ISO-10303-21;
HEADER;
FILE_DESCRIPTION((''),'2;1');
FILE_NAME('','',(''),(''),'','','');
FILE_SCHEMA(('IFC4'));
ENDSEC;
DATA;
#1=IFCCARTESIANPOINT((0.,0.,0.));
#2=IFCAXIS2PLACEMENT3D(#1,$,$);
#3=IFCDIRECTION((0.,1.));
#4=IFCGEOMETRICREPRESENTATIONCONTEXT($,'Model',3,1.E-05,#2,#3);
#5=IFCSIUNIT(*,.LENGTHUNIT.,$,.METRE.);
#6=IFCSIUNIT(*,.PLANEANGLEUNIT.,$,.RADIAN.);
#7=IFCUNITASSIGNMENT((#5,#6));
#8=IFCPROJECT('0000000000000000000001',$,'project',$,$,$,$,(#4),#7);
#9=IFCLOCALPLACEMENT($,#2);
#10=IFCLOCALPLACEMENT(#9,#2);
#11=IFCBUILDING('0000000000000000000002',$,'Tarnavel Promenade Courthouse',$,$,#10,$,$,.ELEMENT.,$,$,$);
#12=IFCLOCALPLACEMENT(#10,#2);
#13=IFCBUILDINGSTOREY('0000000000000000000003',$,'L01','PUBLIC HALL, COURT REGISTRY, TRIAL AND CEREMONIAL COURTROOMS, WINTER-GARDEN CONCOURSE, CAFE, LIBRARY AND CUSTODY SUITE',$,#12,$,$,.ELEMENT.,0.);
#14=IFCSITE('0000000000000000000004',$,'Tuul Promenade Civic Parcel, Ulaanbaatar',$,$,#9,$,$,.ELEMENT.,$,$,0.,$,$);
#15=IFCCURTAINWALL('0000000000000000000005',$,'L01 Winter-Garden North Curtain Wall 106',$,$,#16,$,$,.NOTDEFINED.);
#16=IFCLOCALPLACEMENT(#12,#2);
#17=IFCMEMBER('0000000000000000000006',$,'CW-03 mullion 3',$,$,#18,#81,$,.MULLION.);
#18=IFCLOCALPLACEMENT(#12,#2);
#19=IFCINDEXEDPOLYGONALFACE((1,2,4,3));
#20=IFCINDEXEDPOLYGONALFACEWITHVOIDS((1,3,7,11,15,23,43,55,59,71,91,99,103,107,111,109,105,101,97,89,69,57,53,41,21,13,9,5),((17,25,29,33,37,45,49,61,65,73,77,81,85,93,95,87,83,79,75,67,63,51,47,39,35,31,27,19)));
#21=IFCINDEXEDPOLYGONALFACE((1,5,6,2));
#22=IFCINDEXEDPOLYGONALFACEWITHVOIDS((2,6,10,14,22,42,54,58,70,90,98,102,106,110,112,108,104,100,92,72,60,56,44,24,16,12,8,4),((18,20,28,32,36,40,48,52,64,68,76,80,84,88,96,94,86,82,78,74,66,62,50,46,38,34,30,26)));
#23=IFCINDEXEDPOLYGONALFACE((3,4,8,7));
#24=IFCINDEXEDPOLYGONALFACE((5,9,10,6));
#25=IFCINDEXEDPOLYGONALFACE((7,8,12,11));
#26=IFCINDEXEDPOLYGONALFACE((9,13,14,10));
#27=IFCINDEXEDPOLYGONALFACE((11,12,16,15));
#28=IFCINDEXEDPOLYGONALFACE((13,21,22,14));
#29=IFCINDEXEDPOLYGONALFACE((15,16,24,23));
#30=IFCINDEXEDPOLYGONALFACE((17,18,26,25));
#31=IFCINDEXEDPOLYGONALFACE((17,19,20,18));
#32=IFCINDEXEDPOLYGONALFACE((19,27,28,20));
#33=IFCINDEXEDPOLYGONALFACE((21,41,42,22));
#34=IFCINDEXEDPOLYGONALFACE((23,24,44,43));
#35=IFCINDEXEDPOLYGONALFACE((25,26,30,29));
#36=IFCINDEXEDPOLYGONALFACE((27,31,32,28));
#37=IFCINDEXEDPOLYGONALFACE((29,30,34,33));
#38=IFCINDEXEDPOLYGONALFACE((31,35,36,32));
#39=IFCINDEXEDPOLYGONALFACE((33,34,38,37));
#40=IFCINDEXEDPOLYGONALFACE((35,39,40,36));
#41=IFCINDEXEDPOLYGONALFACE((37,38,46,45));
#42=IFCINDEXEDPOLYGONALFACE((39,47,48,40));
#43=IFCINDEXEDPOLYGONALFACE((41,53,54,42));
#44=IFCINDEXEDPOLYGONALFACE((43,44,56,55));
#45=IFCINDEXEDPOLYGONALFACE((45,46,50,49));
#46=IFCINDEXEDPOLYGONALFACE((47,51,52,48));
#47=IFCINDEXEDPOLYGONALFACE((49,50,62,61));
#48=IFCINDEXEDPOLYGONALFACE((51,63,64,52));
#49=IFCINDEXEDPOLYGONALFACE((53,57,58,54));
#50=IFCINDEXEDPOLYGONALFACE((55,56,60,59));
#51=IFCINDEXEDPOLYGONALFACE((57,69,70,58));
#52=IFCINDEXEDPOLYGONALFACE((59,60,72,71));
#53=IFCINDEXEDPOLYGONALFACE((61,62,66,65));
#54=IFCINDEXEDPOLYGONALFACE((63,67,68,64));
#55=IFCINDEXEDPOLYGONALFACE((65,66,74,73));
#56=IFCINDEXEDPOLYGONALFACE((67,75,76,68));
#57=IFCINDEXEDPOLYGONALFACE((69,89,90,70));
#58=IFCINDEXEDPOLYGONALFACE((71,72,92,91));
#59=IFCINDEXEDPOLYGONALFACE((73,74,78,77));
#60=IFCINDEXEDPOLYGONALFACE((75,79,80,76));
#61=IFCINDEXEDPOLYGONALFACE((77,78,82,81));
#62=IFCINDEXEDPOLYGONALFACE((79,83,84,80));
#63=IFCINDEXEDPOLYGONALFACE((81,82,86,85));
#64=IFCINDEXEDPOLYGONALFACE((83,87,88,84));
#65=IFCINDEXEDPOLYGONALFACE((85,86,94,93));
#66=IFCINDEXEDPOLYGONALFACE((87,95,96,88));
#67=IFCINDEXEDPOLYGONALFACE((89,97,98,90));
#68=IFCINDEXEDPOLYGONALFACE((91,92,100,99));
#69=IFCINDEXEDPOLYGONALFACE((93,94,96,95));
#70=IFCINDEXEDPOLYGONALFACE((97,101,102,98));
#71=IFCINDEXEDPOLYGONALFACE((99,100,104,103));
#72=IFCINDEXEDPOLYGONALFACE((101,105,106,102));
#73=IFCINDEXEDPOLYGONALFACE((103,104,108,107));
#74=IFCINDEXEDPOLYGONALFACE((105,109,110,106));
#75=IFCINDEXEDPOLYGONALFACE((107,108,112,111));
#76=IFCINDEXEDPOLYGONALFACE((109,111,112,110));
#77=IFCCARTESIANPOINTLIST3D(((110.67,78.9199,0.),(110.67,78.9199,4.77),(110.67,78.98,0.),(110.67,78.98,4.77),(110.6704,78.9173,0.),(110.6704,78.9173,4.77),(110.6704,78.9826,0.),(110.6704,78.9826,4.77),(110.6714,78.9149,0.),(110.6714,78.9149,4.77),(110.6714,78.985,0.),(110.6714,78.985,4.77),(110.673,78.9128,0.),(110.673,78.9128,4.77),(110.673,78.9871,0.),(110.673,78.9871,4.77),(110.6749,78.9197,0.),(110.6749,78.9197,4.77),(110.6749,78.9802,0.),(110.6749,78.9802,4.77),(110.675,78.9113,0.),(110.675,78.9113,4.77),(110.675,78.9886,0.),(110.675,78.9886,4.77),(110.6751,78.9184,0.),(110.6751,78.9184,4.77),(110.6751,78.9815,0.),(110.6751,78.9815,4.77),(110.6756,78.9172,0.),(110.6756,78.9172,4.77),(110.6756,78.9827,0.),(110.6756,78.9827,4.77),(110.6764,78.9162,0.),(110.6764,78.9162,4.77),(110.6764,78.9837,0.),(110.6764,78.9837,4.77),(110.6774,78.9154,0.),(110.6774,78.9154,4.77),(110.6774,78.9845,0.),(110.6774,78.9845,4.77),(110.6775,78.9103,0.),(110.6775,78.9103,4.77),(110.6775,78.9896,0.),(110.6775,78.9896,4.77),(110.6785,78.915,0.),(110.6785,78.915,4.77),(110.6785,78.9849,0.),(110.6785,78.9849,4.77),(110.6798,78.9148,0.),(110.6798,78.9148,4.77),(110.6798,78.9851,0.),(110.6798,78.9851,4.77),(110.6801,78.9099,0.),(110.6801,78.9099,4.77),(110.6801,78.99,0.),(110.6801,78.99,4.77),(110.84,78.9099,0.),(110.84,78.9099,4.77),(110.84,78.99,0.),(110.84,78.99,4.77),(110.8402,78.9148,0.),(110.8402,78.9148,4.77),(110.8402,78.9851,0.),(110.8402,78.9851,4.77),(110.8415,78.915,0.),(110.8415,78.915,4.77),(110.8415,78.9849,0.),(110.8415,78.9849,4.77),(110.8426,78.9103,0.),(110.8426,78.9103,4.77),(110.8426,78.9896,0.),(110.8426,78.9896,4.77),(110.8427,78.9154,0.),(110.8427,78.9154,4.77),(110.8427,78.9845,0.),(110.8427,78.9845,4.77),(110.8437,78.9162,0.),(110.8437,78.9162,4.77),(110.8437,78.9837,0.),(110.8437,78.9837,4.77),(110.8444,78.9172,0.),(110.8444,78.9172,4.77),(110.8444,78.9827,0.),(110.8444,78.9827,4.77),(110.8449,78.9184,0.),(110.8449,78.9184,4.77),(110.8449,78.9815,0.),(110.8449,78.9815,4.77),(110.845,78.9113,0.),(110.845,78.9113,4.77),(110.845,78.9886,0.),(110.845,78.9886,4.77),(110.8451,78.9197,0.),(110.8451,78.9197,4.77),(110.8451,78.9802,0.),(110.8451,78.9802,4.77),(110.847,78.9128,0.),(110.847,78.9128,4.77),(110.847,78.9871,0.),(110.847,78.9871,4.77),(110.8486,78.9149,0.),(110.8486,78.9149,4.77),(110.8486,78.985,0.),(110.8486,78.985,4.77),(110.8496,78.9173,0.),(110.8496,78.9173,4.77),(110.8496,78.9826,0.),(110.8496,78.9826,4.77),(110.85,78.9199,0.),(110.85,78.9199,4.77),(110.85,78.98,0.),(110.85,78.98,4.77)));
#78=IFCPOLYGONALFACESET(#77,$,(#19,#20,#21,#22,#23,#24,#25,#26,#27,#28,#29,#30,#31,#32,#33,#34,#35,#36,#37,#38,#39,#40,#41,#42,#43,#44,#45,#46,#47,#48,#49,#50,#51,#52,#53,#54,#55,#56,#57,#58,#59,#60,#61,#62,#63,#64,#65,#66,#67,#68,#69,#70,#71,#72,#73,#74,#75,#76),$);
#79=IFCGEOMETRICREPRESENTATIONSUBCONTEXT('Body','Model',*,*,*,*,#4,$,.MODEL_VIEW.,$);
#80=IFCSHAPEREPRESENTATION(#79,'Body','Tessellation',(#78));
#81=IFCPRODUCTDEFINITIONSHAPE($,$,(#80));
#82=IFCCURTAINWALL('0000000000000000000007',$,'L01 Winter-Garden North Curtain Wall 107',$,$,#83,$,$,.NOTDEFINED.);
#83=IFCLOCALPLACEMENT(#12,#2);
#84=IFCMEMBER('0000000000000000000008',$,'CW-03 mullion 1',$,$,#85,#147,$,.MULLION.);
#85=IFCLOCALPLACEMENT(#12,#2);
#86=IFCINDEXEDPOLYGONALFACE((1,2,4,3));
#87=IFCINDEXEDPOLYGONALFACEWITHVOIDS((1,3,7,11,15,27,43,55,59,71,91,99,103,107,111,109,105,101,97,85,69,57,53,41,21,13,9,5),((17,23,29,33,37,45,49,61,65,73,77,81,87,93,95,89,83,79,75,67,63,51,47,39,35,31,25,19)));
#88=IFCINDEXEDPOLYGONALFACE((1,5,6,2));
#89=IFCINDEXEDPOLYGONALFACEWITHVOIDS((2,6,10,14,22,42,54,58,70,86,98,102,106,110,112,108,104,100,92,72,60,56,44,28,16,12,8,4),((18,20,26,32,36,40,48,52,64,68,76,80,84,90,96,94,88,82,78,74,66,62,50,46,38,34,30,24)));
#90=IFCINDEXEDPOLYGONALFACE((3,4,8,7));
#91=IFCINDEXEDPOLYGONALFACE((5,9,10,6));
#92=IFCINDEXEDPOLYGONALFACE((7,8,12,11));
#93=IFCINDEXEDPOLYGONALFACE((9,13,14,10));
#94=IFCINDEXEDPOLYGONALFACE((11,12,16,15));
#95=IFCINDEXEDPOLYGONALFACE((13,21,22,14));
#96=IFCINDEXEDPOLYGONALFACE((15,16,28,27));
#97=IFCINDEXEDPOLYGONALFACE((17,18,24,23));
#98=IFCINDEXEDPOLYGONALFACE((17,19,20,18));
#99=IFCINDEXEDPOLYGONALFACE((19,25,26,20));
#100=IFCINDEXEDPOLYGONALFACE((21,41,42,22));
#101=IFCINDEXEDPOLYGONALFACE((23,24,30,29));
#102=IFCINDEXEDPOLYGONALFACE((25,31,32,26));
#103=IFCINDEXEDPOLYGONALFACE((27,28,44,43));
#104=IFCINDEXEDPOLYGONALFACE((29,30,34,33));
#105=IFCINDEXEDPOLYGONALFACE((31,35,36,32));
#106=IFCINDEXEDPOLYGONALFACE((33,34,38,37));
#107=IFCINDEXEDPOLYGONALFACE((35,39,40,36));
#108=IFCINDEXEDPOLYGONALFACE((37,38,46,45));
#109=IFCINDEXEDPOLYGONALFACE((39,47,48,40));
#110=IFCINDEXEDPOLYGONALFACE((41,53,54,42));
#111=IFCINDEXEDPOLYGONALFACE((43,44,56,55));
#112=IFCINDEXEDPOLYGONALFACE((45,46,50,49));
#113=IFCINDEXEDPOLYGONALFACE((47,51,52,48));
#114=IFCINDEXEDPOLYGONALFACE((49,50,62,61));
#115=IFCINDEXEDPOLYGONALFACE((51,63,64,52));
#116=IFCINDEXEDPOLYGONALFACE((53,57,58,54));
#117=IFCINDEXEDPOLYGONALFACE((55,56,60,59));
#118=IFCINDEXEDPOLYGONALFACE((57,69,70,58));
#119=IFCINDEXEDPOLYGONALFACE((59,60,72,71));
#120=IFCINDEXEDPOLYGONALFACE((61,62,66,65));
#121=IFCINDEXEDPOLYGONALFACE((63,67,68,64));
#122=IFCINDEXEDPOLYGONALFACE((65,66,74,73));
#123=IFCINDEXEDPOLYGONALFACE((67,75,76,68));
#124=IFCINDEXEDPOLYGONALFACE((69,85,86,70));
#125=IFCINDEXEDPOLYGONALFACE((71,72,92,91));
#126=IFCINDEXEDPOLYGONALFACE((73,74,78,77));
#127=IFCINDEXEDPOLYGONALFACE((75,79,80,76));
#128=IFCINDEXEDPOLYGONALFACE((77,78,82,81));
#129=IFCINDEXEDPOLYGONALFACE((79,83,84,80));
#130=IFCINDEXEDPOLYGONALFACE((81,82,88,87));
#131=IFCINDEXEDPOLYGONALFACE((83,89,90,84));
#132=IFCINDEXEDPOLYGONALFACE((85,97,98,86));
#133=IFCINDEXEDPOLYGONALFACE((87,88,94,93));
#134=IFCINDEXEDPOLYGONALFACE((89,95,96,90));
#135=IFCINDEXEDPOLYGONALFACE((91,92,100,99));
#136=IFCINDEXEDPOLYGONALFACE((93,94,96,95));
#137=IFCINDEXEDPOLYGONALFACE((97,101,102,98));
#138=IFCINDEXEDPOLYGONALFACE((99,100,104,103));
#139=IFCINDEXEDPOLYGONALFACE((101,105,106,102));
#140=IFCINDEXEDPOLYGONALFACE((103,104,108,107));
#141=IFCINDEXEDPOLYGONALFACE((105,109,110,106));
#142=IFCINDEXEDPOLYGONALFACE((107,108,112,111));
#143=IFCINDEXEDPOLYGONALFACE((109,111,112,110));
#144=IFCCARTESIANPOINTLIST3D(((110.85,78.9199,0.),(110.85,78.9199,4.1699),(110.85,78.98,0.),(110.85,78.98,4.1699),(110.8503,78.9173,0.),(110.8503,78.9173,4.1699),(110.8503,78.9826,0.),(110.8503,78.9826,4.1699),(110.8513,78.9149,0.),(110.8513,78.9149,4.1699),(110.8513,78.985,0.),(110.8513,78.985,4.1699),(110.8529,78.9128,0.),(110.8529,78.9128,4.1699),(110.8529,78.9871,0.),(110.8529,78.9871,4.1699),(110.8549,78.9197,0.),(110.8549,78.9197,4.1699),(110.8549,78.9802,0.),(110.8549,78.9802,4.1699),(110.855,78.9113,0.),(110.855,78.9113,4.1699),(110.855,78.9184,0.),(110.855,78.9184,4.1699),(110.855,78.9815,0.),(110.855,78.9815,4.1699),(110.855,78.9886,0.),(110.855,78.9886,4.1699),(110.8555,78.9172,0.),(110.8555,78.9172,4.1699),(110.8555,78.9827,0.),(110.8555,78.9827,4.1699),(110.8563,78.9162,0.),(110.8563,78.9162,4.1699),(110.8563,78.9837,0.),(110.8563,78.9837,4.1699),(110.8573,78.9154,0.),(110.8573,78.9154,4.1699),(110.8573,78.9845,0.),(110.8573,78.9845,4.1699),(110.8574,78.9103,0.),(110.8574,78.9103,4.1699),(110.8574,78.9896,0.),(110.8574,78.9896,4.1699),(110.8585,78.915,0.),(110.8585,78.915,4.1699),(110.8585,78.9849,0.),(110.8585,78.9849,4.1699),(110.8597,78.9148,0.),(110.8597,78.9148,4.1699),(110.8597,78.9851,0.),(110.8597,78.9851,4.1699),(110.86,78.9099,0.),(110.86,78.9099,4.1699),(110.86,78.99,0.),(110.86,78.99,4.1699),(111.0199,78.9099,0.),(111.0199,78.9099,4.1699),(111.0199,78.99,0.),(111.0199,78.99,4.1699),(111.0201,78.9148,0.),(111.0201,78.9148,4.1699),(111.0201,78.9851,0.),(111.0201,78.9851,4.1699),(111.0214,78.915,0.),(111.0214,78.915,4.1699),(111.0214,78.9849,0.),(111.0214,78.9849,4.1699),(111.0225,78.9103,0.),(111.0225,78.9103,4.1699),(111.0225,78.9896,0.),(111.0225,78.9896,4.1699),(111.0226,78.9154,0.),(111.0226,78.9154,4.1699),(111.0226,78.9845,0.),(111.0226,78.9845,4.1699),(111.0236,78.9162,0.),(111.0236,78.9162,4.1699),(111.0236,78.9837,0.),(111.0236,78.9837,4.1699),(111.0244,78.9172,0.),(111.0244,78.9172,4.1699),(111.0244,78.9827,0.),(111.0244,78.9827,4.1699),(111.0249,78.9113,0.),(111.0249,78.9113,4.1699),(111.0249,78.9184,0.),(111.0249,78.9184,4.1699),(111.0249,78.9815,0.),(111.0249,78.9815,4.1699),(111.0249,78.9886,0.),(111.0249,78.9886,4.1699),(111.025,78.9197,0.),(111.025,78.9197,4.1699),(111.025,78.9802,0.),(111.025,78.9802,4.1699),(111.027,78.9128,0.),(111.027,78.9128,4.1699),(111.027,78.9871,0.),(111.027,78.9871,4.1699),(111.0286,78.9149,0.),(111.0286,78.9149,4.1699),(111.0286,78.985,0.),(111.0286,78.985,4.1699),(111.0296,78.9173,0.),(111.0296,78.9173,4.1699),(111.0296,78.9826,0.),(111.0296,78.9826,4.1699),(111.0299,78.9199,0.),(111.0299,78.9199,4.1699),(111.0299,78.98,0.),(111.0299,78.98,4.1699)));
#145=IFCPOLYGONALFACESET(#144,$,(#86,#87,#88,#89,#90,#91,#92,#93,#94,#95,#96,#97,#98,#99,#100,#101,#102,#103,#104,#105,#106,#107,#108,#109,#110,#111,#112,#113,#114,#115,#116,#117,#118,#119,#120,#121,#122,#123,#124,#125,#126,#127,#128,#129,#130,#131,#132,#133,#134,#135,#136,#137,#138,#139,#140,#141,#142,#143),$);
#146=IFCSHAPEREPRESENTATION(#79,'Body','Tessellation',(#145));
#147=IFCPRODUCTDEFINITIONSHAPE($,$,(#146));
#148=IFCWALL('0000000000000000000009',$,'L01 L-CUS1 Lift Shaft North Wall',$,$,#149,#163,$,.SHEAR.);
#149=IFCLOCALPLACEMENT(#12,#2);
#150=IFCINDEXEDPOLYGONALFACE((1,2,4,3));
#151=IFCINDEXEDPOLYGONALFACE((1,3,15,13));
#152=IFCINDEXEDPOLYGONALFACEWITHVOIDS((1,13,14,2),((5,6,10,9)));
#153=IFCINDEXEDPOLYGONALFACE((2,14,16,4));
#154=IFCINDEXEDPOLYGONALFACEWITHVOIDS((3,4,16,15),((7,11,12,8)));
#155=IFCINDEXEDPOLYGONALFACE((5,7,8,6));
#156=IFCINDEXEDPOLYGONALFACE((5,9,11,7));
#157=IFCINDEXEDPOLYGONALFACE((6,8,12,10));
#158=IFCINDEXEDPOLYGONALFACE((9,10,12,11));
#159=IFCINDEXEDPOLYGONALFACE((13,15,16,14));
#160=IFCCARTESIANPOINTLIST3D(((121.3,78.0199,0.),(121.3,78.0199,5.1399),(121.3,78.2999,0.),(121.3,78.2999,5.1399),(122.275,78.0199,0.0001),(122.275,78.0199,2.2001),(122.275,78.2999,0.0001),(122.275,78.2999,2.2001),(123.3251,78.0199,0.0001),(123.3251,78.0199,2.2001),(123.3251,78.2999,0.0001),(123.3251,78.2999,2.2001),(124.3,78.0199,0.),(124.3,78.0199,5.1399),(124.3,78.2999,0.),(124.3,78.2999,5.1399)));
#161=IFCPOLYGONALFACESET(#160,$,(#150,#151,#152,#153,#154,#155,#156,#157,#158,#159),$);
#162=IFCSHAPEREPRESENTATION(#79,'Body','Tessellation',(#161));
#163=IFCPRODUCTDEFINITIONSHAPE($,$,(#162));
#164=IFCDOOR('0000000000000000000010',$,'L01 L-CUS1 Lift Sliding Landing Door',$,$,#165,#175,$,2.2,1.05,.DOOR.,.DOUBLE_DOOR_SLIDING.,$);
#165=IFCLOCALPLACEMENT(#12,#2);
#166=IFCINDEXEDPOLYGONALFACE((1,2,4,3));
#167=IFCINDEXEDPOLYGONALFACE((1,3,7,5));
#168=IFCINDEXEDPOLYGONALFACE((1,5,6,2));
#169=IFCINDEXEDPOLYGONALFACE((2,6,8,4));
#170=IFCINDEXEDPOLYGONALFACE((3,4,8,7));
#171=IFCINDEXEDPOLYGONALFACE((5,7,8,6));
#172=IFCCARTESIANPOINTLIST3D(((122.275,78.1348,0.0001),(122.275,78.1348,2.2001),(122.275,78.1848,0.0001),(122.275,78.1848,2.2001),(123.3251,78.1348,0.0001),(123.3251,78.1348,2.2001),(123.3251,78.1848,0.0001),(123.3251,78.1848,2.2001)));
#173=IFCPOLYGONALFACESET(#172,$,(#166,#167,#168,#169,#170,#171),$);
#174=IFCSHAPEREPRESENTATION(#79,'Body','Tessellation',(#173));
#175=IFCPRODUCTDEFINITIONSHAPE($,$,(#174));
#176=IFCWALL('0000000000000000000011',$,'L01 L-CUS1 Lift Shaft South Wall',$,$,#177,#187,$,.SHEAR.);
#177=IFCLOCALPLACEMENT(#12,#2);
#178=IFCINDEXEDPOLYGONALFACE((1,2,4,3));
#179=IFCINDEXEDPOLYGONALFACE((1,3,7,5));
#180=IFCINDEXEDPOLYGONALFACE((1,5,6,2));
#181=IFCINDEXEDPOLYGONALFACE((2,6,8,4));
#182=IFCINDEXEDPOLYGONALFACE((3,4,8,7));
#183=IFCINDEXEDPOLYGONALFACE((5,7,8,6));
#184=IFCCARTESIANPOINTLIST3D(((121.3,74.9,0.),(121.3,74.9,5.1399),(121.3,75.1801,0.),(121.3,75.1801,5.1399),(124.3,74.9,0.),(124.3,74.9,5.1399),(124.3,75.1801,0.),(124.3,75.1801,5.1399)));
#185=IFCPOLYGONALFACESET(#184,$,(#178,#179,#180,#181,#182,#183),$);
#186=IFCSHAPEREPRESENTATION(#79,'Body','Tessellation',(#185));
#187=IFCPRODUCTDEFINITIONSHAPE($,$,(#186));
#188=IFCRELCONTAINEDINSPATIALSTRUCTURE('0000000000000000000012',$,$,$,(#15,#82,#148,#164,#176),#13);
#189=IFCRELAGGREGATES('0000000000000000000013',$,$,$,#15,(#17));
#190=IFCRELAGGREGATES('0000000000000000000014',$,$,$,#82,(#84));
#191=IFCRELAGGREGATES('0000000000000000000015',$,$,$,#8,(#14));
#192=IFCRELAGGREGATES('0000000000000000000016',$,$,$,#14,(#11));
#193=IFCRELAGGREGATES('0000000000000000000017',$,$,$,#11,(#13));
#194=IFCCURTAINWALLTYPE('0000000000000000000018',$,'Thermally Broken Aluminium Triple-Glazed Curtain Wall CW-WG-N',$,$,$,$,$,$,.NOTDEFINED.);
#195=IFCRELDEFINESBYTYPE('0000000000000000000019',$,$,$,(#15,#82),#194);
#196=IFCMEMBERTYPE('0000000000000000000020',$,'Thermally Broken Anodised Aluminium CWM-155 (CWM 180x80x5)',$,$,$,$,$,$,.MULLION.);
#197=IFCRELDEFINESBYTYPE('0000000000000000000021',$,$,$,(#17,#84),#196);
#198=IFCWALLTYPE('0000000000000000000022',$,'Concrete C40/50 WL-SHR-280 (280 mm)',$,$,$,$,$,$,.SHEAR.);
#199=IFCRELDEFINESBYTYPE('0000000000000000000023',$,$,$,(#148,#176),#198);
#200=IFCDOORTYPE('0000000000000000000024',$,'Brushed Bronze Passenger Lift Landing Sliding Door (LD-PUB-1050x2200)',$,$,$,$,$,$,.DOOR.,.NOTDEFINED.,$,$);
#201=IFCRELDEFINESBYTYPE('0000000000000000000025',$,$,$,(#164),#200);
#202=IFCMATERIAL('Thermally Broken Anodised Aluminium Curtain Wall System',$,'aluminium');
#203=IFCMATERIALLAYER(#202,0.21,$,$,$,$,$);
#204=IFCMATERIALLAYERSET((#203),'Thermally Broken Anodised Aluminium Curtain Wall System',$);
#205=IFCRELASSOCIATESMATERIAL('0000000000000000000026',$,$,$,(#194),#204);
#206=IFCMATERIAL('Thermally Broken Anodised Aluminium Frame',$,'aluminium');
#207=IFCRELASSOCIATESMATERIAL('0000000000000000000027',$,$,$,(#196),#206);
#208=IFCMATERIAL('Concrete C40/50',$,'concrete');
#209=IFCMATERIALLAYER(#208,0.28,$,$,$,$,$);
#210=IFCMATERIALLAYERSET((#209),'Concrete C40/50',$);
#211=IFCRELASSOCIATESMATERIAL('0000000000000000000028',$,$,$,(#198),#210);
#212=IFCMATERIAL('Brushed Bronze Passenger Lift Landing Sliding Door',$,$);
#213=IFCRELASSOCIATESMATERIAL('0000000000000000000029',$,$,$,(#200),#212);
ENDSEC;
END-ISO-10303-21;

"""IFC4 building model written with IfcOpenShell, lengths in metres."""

from ifc_helpers import new_model, si_unit, direction, frame, frame_2d, origin, origin_2d, place, context, subcontext, project, spatial, rectangle, hollow_rectangle, extrude, material, layer, layer_set, material_profile, profile_set, type_object, element, fill, aggregate, save


model = new_model("IFC4")

# Units and contexts
model_context = context("Model", 3, precision=1e-05, world=origin(), true_north=direction((0.0, 1.0)))
body_context = subcontext(model_context, "Body", "Model", "MODEL_VIEW")
ifc_project = project(units=[si_unit("LENGTHUNIT", "METRE"), si_unit("PLANEANGLEUNIT", "RADIAN")], contexts=[model_context])

# Site, building, storey
site_placement = place(None, origin())
site = spatial("IfcSite", under=ifc_project, at=site_placement, Name="Tuul Promenade Civic Parcel, Ulaanbaatar", CompositionType="ELEMENT", RefElevation=0.0)
building_placement = place(site_placement, origin())
building = spatial("IfcBuilding", under=site, at=building_placement, Name="Tarnavel Promenade Courthouse", CompositionType="ELEMENT")
storey_placement = place(building_placement, origin())
storey = spatial("IfcBuildingStorey", under=building, at=storey_placement, Name="L01", Description="PUBLIC HALL, COURT REGISTRY, TRIAL AND CEREMONIAL COURTROOMS, WINTER-GARDEN CONCOURSE, CAFE, LIBRARY AND CUSTODY SUITE", CompositionType="ELEMENT", Elevation=0.0)

# Shared definitions
ifc_material_1 = material(Name="Concrete C40/50", Category="concrete")

# Curtain walls, members
ifc_material_2 = material(Name="Thermally Broken Anodised Aluminium Curtain Wall System", Category="aluminium")
ifc_layer_1 = layer(ifc_material_2, 0.21)
ifc_layer_set_1 = layer_set([ifc_layer_1], Name="Thermally Broken Anodised Aluminium Curtain Wall System")
curtain_wall_type = type_object("IfcCurtainWallType", Name="Thermally Broken Aluminium Triple-Glazed Curtain Wall CW-WG-N", PredefinedType="NOTDEFINED", material=ifc_layer_set_1)
curtain_wall_1_placement = place(storey_placement, origin())
curtain_wall_1 = element("IfcCurtainWall", 1, at=curtain_wall_1_placement, inside=storey, type_object=curtain_wall_type, Name="L01 Winter-Garden North Curtain Wall 106", PredefinedType="NOTDEFINED")
ifc_material_3 = material(Name="Thermally Broken Anodised Aluminium Frame", Category="aluminium")
ifc_material_profile_1 = material_profile(ifc_material_3, hollow_rectangle(XDim=0.0801, YDim=0.1799, WallThickness=0.0049, InnerFilletRadius=0.0049, OuterFilletRadius=0.01, at=origin_2d()), Name="CWM 180x80x5")
ifc_profile_set_1 = profile_set([ifc_material_profile_1], Name="Thermally Broken Anodised Aluminium Frame")
member_type = type_object("IfcMemberType", Name="Thermally Broken Anodised Aluminium CWM-155 (CWM 180x80x5)", PredefinedType="MULLION", material=ifc_profile_set_1)
member_1_placement = place(storey_placement, frame((110.76, 78.95, 0.0), z_axis=(0.0, 0.0, 1.0), x_axis=(0.0, 1.0, 0.0)))
member_1 = element("IfcMember", 2, at=member_1_placement, type_object=member_type, Name="CW-03 mullion 3", PredefinedType="MULLION", context=body_context, shape_type="SweptSolid", body=[
    extrude(hollow_rectangle(XDim=0.0801, YDim=0.1799, WallThickness=0.0049, InnerFilletRadius=0.0049, OuterFilletRadius=0.01, at=origin_2d()), origin(), (0.0, 0.0, 1.0), 4.77),
])
aggregate(curtain_wall_1, [member_1])
curtain_wall_2_placement = place(storey_placement, origin())
curtain_wall_2 = element("IfcCurtainWall", 3, at=curtain_wall_2_placement, inside=storey, type_object=curtain_wall_type, Name="L01 Winter-Garden North Curtain Wall 107", PredefinedType="NOTDEFINED")
member_2_placement = place(storey_placement, frame((110.9399, 78.95, 0.0), z_axis=(0.0, 0.0, 1.0), x_axis=(0.0, 1.0, 0.0)))
member_2 = element("IfcMember", 4, at=member_2_placement, type_object=member_type, Name="CW-03 mullion 1", PredefinedType="MULLION", context=body_context, shape_type="SweptSolid", body=[
    extrude(hollow_rectangle(XDim=0.0801, YDim=0.1799, WallThickness=0.0049, InnerFilletRadius=0.0049, OuterFilletRadius=0.01, at=origin_2d()), origin(), (0.0, 0.0, 1.0), 4.1699),
])
aggregate(curtain_wall_2, [member_2])

# Wall, opening, door
ifc_layer_2 = layer(ifc_material_1, 0.28)
ifc_layer_set_2 = layer_set([ifc_layer_2], Name="Concrete C40/50")
wall_type_1 = type_object("IfcWallType", Name="Concrete C40/50 WL-SHR-280 (280 mm)", PredefinedType="SHEAR", material=ifc_layer_set_2)
wall_1_placement = place(storey_placement, frame((121.3, 78.1599, 0.0), z_axis=(0.0, 0.0, 1.0), x_axis=(1.0, 0.0, 0.0)))
wall_1 = element("IfcWall", 5, at=wall_1_placement, inside=storey, type_object=wall_type_1, Name="L01 L-CUS1 Lift Shaft North Wall", PredefinedType="SHEAR", context=body_context, shape_type="SweptSolid", body=[
    extrude(rectangle(XDim=3.0, YDim=0.28, at=frame_2d((1.5, 0.0))), origin(), (0.0, 0.0, 1.0), 5.1399),
])
opening_1_placement = place(wall_1_placement, frame((0.9751, 0.0, 0.0)))
opening_1 = element("IfcOpeningElement", 6, at=opening_1_placement, cuts=wall_1, PredefinedType="OPENING", context=body_context, shape_type="SweptSolid", body=[
    extrude(rectangle(XDim=1.05, YDim=2.2, at=frame_2d((0.5249, 1.1001))), frame((0.0, 0.1499, 0.0), z_axis=(0.0, -1.0, 0.0), x_axis=(1.0, 0.0, 0.0)), (0.0, 0.0, 1.0), 0.3),
])
ifc_material_4 = material(Name="Brushed Bronze Passenger Lift Landing Sliding Door")
door_type_1 = type_object("IfcDoorType", Name="Brushed Bronze Passenger Lift Landing Sliding Door (LD-PUB-1050x2200)", OperationType="NOTDEFINED", PredefinedType="DOOR", material=ifc_material_4)
door_1_placement = place(opening_1_placement, origin())
door_1 = element("IfcDoor", 7, at=door_1_placement, inside=storey, type_object=door_type_1, Name="L01 L-CUS1 Lift Sliding Landing Door", OperationType="DOUBLE_DOOR_SLIDING", OverallHeight=2.2, OverallWidth=1.05, PredefinedType="DOOR", context=body_context, shape_type="SweptSolid", body=[
    extrude(rectangle(XDim=1.05, YDim=2.2, at=frame_2d((0.5249, 1.1001))), frame((0.0, 0.0249, 0.0), z_axis=(0.0, -1.0, 0.0), x_axis=(1.0, 0.0, 0.0)), (0.0, 0.0, 1.0), 0.05),
])
fill(opening_1, door_1)

# Wall
wall_2_placement = place(storey_placement, frame((124.3, 75.04, 0.0), z_axis=(0.0, 0.0, 1.0), x_axis=(-1.0, 0.0, 0.0)))
element("IfcWall", 8, at=wall_2_placement, inside=storey, type_object=wall_type_1, Name="L01 L-CUS1 Lift Shaft South Wall", PredefinedType="SHEAR", context=body_context, shape_type="SweptSolid", body=[
    extrude(rectangle(XDim=3.0, YDim=0.28, at=frame_2d((1.5, 0.0))), origin(), (0.0, 0.0, 1.0), 5.1399),
])

save(model, "model.ifc")
